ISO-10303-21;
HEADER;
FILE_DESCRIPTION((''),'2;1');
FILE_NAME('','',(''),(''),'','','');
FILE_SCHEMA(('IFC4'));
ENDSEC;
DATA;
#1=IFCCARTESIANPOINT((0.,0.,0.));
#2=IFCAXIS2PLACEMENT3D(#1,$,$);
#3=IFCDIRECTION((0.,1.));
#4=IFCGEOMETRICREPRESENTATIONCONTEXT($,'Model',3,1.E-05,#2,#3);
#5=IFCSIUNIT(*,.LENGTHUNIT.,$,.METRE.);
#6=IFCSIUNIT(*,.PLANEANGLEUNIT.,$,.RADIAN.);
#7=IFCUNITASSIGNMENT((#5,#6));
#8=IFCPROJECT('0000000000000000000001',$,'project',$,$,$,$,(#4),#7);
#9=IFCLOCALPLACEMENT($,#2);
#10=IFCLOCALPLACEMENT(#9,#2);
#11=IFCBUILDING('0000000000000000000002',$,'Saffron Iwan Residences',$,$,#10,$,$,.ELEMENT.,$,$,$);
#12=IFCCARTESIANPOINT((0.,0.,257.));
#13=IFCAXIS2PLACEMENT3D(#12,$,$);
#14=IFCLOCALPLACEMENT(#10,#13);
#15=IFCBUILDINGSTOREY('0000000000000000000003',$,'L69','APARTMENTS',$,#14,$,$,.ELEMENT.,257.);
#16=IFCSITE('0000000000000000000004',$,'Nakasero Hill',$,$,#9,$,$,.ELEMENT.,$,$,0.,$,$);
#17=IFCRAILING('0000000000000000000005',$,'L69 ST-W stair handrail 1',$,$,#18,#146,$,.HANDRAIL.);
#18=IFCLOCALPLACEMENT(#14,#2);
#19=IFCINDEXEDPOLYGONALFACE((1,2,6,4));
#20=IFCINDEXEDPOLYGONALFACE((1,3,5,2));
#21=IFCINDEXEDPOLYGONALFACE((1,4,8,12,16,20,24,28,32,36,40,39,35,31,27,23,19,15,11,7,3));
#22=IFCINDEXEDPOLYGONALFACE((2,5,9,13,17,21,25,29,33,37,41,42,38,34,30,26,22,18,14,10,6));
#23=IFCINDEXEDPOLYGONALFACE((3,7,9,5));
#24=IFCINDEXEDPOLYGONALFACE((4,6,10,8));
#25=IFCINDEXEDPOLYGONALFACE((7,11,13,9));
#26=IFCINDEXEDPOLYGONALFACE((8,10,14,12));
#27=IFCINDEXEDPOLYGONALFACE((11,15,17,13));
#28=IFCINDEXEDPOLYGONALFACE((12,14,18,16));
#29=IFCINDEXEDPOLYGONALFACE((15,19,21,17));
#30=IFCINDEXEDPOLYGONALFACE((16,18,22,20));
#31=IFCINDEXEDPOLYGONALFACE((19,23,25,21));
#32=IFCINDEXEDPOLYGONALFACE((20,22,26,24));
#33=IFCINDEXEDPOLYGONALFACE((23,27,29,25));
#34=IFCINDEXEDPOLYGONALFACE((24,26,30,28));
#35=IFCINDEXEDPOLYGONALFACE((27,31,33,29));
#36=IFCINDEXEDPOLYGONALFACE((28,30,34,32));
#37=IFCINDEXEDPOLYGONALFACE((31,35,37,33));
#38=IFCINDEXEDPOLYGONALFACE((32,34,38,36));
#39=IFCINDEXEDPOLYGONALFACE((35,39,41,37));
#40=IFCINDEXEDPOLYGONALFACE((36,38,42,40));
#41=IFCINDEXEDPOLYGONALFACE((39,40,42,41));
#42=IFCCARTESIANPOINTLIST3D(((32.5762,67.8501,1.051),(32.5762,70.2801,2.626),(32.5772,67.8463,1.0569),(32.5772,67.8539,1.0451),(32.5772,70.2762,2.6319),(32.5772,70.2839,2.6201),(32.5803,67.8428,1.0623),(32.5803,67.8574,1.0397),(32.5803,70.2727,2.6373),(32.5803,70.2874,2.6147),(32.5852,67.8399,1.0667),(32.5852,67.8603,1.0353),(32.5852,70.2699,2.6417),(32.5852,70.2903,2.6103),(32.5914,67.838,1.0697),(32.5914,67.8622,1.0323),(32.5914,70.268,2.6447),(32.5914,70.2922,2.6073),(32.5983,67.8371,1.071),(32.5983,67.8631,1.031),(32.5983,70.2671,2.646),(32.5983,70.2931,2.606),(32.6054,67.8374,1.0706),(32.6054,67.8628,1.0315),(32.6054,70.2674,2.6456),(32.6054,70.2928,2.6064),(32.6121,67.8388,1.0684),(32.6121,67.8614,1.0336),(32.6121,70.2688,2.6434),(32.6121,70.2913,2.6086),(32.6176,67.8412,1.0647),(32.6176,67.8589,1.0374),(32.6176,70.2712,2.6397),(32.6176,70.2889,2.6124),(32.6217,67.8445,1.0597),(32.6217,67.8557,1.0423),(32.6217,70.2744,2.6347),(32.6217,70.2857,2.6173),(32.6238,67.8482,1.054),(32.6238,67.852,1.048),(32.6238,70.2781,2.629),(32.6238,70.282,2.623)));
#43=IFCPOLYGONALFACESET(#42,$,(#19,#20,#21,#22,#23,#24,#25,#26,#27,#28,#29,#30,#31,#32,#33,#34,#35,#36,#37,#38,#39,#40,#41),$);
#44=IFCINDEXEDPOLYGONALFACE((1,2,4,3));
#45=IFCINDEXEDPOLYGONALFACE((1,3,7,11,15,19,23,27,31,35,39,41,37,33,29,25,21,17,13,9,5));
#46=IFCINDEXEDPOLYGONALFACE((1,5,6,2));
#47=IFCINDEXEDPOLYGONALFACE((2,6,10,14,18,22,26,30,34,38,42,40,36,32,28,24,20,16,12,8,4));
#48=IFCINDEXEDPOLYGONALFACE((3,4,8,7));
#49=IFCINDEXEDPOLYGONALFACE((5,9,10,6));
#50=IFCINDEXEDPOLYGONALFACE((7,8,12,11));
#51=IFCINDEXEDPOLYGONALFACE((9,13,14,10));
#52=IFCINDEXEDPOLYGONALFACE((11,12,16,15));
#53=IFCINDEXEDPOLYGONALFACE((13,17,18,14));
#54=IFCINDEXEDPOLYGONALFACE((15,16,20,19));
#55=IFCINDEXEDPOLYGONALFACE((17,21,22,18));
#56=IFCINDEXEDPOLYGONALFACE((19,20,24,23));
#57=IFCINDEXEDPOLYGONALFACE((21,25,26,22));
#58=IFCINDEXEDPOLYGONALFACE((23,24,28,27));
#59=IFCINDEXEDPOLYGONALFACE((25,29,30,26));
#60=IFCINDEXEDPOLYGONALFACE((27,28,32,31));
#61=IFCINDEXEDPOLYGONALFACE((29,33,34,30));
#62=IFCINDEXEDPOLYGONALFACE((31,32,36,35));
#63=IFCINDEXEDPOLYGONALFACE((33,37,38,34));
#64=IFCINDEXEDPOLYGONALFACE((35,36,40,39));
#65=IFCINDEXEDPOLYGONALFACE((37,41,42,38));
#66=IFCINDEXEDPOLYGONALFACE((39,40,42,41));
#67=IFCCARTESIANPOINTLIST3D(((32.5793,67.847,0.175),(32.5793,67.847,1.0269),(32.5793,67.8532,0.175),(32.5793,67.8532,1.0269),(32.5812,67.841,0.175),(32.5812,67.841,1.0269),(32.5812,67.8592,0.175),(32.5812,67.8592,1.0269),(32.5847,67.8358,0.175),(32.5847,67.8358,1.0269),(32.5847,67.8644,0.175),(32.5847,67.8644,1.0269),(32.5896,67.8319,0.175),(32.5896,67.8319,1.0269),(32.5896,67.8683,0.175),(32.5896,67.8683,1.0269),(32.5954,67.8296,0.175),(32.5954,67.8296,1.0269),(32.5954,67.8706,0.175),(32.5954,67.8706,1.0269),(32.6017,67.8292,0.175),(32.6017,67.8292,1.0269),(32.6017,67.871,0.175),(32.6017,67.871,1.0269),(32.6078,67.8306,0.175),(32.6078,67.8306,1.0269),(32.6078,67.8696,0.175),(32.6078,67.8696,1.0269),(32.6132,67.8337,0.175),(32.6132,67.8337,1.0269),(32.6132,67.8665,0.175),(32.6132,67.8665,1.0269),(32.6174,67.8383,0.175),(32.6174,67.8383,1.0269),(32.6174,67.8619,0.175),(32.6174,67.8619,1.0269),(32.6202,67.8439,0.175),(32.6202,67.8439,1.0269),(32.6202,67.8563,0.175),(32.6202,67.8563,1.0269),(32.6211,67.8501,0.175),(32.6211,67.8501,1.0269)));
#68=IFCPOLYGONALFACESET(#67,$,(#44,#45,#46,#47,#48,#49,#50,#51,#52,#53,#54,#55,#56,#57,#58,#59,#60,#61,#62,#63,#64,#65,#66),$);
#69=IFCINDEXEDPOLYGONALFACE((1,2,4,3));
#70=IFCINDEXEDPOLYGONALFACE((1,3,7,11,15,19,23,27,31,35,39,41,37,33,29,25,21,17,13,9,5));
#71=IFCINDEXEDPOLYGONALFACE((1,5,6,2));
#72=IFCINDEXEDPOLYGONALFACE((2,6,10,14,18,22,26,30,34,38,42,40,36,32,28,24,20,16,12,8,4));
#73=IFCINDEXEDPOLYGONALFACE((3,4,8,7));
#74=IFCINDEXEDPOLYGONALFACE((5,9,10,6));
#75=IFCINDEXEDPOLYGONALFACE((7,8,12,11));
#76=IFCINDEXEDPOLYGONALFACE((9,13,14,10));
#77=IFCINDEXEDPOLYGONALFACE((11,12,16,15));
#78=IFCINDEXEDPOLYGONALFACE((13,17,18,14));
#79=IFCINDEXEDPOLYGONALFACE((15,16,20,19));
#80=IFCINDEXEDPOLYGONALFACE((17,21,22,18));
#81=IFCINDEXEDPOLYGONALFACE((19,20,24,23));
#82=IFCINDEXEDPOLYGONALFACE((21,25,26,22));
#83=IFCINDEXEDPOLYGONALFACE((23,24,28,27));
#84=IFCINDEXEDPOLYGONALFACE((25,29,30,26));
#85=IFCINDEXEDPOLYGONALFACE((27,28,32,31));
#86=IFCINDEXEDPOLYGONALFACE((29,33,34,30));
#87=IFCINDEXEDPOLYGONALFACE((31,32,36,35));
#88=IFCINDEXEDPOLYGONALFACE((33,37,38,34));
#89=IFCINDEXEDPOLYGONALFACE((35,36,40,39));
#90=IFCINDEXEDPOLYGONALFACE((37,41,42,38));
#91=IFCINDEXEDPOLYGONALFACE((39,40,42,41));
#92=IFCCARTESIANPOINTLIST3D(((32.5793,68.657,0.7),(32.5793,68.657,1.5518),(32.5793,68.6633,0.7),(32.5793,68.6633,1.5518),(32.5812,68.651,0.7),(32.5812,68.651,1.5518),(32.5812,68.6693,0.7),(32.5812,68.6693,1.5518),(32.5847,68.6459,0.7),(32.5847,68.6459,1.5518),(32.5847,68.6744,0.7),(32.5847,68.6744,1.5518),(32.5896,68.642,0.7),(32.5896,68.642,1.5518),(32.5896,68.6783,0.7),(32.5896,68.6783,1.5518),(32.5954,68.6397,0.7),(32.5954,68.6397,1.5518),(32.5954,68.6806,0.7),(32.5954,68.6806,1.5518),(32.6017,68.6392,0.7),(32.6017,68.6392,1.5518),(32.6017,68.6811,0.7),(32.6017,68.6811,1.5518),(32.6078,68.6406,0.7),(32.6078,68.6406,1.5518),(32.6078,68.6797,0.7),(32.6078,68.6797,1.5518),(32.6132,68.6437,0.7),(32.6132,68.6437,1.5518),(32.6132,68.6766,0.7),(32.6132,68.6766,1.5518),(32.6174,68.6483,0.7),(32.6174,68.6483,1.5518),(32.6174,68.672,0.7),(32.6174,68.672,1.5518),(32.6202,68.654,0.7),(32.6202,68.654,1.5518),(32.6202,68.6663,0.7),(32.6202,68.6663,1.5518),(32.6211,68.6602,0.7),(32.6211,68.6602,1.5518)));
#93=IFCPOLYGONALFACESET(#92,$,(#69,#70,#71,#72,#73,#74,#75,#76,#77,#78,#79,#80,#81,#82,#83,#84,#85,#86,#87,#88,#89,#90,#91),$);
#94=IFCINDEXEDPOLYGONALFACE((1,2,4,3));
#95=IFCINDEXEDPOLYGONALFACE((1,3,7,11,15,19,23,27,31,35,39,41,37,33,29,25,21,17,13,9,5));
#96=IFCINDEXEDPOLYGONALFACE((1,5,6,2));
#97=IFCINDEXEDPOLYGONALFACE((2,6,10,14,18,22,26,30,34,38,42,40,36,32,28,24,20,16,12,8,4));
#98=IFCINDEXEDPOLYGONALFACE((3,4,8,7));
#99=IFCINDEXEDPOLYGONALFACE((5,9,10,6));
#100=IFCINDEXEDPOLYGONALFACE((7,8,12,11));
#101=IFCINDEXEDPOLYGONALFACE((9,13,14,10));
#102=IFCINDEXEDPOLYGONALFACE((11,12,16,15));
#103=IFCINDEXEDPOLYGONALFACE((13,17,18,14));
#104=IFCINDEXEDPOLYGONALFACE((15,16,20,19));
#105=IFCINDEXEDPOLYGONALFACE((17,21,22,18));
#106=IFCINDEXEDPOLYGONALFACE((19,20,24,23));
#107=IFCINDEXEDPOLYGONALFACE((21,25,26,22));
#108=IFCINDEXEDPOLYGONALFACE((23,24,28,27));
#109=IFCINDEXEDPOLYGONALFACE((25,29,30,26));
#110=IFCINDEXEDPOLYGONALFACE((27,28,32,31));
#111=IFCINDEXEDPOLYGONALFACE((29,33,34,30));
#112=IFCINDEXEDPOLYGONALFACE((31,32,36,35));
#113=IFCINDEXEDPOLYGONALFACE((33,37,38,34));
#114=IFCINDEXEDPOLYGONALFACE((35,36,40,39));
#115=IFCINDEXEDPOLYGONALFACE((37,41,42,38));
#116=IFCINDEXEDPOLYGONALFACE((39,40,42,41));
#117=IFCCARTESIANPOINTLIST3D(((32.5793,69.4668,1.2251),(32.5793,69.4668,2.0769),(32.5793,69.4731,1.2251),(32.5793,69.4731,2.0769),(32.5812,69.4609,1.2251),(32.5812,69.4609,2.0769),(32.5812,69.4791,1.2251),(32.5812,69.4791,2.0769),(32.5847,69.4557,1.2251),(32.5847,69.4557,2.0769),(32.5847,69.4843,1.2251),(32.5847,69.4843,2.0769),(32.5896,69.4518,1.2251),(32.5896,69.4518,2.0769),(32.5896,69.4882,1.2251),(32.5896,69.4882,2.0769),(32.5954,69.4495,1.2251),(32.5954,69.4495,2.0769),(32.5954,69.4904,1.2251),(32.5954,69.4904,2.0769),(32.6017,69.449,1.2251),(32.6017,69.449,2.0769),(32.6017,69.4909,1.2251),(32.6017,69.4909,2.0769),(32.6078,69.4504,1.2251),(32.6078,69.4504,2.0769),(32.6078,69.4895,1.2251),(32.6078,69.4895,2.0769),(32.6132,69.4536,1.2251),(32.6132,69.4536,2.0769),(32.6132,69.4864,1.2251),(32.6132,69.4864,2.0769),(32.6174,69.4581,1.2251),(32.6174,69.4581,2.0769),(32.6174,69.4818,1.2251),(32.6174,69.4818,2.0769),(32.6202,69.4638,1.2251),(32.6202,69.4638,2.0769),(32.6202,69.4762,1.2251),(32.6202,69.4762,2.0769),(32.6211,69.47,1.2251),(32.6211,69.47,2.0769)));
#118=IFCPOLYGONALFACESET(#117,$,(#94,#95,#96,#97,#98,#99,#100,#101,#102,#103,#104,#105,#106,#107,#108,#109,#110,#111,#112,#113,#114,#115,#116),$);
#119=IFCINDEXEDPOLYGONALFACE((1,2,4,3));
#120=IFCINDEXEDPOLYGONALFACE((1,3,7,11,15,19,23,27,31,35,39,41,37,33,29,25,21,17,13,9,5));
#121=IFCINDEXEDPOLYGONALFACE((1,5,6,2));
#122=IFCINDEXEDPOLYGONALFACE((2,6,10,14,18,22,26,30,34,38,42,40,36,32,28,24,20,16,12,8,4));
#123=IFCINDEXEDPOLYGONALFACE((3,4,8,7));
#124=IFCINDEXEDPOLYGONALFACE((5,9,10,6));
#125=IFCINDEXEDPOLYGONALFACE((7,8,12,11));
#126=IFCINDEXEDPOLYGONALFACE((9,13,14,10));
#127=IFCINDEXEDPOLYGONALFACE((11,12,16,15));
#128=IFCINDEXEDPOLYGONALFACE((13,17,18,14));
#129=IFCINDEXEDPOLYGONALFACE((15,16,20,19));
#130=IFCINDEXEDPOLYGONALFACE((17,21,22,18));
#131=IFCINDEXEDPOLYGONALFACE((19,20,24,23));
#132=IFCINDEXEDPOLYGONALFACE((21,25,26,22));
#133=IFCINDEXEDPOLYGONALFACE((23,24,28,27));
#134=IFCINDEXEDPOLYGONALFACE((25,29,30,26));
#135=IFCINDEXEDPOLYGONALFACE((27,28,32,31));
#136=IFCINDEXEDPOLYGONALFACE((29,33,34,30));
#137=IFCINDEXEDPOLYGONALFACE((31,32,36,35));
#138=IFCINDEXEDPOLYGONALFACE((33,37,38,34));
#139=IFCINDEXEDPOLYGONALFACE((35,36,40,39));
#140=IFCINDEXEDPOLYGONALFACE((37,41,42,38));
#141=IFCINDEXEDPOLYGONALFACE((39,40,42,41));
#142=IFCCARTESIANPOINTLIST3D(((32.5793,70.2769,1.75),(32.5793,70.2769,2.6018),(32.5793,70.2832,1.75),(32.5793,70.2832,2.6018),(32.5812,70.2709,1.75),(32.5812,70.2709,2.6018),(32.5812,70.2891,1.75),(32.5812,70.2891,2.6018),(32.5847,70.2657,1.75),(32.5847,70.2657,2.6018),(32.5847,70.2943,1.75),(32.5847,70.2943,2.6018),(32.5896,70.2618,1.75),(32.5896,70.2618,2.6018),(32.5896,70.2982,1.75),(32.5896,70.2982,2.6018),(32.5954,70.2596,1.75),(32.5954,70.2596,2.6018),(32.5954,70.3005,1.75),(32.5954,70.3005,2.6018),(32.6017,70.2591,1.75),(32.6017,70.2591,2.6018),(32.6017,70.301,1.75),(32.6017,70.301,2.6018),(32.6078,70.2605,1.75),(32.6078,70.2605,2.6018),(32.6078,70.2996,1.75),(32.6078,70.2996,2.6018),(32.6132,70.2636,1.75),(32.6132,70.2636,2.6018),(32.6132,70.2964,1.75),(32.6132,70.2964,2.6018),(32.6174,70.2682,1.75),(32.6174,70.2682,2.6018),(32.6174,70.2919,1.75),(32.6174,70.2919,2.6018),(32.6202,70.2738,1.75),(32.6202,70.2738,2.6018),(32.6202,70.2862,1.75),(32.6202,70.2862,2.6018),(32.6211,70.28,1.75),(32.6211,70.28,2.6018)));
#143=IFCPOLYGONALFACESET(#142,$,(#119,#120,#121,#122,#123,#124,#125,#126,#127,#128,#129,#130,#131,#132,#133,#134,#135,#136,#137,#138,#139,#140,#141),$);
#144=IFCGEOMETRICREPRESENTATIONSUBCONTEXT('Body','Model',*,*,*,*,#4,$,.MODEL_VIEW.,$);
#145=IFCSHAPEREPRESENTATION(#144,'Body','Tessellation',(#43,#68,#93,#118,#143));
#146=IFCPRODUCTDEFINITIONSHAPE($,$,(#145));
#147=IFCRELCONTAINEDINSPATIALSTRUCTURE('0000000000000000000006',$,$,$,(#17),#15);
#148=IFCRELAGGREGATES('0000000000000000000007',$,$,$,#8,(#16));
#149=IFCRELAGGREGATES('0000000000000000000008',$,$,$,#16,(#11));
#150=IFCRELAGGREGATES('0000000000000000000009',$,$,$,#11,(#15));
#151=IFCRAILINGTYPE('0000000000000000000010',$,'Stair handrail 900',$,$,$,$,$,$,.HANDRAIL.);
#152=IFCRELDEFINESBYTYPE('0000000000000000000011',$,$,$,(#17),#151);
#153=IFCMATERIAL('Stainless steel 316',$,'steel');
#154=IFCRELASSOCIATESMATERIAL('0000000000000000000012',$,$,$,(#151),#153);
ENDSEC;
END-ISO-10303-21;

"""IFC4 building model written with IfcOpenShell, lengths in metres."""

from ifc_helpers import new_model, si_unit, direction, frame, origin, origin_2d, place, context, subcontext, project, spatial, circle, extrude, material, type_object, element, save


model = new_model("IFC4")

# Units and contexts
model_context = context("Model", 3, precision=1e-05, world=origin(), true_north=direction((0.0, 1.0)))
body_context = subcontext(model_context, "Body", "Model", "MODEL_VIEW")
ifc_project = project(units=[si_unit("LENGTHUNIT", "METRE"), si_unit("PLANEANGLEUNIT", "RADIAN")], contexts=[model_context])

# Site, building, storey
site_placement = place(None, origin())
site = spatial("IfcSite", under=ifc_project, at=site_placement, Name="Nakasero Hill", CompositionType="ELEMENT", RefElevation=0.0)
building_placement = place(site_placement, origin())
building = spatial("IfcBuilding", under=site, at=building_placement, Name="Saffron Iwan Residences", CompositionType="ELEMENT")
storey_placement = place(building_placement, frame((0.0, 0.0, 257.0)))
storey = spatial("IfcBuildingStorey", under=building, at=storey_placement, Name="L69", Description="APARTMENTS", CompositionType="ELEMENT", Elevation=257.0)

# Railing
ifc_material_1 = material(Name="Stainless steel 316", Category="steel")
railing_type_1 = type_object("IfcRailingType", Name="Stair handrail 900", PredefinedType="HANDRAIL", material=ifc_material_1)
railing_1_placement = place(storey_placement, frame((32.6001, 67.8501, 0.175)))
element("IfcRailing", 1, at=railing_1_placement, inside=storey, type_object=railing_type_1, Name="L69 ST-W stair handrail 1", PredefinedType="HANDRAIL", context=body_context, shape_type="SweptSolid", body=[
    extrude(circle(Radius=0.0239, at=origin_2d()), frame((0.0, 0.0, 0.876), z_axis=(0.0, 0.839154, 0.543894), x_axis=(-1.0, 0.0, 0.0)), (0.0, 0.0, 1.0), 2.8958),
    extrude(circle(Radius=0.021, at=origin_2d()), origin(), (0.0, 0.0, 1.0), 0.8518),
    extrude(circle(Radius=0.021, at=origin_2d()), frame((0.0, 0.8101, 0.5249)), (0.0, 0.0, 1.0), 0.8518),
    extrude(circle(Radius=0.021, at=origin_2d()), frame((0.0, 1.6199, 1.05)), (0.0, 0.0, 1.0), 0.8518),
    extrude(circle(Radius=0.021, at=origin_2d()), frame((0.0, 2.4299, 1.575)), (0.0, 0.0, 1.0), 0.8518),
])

save(model, "model.ifc")
